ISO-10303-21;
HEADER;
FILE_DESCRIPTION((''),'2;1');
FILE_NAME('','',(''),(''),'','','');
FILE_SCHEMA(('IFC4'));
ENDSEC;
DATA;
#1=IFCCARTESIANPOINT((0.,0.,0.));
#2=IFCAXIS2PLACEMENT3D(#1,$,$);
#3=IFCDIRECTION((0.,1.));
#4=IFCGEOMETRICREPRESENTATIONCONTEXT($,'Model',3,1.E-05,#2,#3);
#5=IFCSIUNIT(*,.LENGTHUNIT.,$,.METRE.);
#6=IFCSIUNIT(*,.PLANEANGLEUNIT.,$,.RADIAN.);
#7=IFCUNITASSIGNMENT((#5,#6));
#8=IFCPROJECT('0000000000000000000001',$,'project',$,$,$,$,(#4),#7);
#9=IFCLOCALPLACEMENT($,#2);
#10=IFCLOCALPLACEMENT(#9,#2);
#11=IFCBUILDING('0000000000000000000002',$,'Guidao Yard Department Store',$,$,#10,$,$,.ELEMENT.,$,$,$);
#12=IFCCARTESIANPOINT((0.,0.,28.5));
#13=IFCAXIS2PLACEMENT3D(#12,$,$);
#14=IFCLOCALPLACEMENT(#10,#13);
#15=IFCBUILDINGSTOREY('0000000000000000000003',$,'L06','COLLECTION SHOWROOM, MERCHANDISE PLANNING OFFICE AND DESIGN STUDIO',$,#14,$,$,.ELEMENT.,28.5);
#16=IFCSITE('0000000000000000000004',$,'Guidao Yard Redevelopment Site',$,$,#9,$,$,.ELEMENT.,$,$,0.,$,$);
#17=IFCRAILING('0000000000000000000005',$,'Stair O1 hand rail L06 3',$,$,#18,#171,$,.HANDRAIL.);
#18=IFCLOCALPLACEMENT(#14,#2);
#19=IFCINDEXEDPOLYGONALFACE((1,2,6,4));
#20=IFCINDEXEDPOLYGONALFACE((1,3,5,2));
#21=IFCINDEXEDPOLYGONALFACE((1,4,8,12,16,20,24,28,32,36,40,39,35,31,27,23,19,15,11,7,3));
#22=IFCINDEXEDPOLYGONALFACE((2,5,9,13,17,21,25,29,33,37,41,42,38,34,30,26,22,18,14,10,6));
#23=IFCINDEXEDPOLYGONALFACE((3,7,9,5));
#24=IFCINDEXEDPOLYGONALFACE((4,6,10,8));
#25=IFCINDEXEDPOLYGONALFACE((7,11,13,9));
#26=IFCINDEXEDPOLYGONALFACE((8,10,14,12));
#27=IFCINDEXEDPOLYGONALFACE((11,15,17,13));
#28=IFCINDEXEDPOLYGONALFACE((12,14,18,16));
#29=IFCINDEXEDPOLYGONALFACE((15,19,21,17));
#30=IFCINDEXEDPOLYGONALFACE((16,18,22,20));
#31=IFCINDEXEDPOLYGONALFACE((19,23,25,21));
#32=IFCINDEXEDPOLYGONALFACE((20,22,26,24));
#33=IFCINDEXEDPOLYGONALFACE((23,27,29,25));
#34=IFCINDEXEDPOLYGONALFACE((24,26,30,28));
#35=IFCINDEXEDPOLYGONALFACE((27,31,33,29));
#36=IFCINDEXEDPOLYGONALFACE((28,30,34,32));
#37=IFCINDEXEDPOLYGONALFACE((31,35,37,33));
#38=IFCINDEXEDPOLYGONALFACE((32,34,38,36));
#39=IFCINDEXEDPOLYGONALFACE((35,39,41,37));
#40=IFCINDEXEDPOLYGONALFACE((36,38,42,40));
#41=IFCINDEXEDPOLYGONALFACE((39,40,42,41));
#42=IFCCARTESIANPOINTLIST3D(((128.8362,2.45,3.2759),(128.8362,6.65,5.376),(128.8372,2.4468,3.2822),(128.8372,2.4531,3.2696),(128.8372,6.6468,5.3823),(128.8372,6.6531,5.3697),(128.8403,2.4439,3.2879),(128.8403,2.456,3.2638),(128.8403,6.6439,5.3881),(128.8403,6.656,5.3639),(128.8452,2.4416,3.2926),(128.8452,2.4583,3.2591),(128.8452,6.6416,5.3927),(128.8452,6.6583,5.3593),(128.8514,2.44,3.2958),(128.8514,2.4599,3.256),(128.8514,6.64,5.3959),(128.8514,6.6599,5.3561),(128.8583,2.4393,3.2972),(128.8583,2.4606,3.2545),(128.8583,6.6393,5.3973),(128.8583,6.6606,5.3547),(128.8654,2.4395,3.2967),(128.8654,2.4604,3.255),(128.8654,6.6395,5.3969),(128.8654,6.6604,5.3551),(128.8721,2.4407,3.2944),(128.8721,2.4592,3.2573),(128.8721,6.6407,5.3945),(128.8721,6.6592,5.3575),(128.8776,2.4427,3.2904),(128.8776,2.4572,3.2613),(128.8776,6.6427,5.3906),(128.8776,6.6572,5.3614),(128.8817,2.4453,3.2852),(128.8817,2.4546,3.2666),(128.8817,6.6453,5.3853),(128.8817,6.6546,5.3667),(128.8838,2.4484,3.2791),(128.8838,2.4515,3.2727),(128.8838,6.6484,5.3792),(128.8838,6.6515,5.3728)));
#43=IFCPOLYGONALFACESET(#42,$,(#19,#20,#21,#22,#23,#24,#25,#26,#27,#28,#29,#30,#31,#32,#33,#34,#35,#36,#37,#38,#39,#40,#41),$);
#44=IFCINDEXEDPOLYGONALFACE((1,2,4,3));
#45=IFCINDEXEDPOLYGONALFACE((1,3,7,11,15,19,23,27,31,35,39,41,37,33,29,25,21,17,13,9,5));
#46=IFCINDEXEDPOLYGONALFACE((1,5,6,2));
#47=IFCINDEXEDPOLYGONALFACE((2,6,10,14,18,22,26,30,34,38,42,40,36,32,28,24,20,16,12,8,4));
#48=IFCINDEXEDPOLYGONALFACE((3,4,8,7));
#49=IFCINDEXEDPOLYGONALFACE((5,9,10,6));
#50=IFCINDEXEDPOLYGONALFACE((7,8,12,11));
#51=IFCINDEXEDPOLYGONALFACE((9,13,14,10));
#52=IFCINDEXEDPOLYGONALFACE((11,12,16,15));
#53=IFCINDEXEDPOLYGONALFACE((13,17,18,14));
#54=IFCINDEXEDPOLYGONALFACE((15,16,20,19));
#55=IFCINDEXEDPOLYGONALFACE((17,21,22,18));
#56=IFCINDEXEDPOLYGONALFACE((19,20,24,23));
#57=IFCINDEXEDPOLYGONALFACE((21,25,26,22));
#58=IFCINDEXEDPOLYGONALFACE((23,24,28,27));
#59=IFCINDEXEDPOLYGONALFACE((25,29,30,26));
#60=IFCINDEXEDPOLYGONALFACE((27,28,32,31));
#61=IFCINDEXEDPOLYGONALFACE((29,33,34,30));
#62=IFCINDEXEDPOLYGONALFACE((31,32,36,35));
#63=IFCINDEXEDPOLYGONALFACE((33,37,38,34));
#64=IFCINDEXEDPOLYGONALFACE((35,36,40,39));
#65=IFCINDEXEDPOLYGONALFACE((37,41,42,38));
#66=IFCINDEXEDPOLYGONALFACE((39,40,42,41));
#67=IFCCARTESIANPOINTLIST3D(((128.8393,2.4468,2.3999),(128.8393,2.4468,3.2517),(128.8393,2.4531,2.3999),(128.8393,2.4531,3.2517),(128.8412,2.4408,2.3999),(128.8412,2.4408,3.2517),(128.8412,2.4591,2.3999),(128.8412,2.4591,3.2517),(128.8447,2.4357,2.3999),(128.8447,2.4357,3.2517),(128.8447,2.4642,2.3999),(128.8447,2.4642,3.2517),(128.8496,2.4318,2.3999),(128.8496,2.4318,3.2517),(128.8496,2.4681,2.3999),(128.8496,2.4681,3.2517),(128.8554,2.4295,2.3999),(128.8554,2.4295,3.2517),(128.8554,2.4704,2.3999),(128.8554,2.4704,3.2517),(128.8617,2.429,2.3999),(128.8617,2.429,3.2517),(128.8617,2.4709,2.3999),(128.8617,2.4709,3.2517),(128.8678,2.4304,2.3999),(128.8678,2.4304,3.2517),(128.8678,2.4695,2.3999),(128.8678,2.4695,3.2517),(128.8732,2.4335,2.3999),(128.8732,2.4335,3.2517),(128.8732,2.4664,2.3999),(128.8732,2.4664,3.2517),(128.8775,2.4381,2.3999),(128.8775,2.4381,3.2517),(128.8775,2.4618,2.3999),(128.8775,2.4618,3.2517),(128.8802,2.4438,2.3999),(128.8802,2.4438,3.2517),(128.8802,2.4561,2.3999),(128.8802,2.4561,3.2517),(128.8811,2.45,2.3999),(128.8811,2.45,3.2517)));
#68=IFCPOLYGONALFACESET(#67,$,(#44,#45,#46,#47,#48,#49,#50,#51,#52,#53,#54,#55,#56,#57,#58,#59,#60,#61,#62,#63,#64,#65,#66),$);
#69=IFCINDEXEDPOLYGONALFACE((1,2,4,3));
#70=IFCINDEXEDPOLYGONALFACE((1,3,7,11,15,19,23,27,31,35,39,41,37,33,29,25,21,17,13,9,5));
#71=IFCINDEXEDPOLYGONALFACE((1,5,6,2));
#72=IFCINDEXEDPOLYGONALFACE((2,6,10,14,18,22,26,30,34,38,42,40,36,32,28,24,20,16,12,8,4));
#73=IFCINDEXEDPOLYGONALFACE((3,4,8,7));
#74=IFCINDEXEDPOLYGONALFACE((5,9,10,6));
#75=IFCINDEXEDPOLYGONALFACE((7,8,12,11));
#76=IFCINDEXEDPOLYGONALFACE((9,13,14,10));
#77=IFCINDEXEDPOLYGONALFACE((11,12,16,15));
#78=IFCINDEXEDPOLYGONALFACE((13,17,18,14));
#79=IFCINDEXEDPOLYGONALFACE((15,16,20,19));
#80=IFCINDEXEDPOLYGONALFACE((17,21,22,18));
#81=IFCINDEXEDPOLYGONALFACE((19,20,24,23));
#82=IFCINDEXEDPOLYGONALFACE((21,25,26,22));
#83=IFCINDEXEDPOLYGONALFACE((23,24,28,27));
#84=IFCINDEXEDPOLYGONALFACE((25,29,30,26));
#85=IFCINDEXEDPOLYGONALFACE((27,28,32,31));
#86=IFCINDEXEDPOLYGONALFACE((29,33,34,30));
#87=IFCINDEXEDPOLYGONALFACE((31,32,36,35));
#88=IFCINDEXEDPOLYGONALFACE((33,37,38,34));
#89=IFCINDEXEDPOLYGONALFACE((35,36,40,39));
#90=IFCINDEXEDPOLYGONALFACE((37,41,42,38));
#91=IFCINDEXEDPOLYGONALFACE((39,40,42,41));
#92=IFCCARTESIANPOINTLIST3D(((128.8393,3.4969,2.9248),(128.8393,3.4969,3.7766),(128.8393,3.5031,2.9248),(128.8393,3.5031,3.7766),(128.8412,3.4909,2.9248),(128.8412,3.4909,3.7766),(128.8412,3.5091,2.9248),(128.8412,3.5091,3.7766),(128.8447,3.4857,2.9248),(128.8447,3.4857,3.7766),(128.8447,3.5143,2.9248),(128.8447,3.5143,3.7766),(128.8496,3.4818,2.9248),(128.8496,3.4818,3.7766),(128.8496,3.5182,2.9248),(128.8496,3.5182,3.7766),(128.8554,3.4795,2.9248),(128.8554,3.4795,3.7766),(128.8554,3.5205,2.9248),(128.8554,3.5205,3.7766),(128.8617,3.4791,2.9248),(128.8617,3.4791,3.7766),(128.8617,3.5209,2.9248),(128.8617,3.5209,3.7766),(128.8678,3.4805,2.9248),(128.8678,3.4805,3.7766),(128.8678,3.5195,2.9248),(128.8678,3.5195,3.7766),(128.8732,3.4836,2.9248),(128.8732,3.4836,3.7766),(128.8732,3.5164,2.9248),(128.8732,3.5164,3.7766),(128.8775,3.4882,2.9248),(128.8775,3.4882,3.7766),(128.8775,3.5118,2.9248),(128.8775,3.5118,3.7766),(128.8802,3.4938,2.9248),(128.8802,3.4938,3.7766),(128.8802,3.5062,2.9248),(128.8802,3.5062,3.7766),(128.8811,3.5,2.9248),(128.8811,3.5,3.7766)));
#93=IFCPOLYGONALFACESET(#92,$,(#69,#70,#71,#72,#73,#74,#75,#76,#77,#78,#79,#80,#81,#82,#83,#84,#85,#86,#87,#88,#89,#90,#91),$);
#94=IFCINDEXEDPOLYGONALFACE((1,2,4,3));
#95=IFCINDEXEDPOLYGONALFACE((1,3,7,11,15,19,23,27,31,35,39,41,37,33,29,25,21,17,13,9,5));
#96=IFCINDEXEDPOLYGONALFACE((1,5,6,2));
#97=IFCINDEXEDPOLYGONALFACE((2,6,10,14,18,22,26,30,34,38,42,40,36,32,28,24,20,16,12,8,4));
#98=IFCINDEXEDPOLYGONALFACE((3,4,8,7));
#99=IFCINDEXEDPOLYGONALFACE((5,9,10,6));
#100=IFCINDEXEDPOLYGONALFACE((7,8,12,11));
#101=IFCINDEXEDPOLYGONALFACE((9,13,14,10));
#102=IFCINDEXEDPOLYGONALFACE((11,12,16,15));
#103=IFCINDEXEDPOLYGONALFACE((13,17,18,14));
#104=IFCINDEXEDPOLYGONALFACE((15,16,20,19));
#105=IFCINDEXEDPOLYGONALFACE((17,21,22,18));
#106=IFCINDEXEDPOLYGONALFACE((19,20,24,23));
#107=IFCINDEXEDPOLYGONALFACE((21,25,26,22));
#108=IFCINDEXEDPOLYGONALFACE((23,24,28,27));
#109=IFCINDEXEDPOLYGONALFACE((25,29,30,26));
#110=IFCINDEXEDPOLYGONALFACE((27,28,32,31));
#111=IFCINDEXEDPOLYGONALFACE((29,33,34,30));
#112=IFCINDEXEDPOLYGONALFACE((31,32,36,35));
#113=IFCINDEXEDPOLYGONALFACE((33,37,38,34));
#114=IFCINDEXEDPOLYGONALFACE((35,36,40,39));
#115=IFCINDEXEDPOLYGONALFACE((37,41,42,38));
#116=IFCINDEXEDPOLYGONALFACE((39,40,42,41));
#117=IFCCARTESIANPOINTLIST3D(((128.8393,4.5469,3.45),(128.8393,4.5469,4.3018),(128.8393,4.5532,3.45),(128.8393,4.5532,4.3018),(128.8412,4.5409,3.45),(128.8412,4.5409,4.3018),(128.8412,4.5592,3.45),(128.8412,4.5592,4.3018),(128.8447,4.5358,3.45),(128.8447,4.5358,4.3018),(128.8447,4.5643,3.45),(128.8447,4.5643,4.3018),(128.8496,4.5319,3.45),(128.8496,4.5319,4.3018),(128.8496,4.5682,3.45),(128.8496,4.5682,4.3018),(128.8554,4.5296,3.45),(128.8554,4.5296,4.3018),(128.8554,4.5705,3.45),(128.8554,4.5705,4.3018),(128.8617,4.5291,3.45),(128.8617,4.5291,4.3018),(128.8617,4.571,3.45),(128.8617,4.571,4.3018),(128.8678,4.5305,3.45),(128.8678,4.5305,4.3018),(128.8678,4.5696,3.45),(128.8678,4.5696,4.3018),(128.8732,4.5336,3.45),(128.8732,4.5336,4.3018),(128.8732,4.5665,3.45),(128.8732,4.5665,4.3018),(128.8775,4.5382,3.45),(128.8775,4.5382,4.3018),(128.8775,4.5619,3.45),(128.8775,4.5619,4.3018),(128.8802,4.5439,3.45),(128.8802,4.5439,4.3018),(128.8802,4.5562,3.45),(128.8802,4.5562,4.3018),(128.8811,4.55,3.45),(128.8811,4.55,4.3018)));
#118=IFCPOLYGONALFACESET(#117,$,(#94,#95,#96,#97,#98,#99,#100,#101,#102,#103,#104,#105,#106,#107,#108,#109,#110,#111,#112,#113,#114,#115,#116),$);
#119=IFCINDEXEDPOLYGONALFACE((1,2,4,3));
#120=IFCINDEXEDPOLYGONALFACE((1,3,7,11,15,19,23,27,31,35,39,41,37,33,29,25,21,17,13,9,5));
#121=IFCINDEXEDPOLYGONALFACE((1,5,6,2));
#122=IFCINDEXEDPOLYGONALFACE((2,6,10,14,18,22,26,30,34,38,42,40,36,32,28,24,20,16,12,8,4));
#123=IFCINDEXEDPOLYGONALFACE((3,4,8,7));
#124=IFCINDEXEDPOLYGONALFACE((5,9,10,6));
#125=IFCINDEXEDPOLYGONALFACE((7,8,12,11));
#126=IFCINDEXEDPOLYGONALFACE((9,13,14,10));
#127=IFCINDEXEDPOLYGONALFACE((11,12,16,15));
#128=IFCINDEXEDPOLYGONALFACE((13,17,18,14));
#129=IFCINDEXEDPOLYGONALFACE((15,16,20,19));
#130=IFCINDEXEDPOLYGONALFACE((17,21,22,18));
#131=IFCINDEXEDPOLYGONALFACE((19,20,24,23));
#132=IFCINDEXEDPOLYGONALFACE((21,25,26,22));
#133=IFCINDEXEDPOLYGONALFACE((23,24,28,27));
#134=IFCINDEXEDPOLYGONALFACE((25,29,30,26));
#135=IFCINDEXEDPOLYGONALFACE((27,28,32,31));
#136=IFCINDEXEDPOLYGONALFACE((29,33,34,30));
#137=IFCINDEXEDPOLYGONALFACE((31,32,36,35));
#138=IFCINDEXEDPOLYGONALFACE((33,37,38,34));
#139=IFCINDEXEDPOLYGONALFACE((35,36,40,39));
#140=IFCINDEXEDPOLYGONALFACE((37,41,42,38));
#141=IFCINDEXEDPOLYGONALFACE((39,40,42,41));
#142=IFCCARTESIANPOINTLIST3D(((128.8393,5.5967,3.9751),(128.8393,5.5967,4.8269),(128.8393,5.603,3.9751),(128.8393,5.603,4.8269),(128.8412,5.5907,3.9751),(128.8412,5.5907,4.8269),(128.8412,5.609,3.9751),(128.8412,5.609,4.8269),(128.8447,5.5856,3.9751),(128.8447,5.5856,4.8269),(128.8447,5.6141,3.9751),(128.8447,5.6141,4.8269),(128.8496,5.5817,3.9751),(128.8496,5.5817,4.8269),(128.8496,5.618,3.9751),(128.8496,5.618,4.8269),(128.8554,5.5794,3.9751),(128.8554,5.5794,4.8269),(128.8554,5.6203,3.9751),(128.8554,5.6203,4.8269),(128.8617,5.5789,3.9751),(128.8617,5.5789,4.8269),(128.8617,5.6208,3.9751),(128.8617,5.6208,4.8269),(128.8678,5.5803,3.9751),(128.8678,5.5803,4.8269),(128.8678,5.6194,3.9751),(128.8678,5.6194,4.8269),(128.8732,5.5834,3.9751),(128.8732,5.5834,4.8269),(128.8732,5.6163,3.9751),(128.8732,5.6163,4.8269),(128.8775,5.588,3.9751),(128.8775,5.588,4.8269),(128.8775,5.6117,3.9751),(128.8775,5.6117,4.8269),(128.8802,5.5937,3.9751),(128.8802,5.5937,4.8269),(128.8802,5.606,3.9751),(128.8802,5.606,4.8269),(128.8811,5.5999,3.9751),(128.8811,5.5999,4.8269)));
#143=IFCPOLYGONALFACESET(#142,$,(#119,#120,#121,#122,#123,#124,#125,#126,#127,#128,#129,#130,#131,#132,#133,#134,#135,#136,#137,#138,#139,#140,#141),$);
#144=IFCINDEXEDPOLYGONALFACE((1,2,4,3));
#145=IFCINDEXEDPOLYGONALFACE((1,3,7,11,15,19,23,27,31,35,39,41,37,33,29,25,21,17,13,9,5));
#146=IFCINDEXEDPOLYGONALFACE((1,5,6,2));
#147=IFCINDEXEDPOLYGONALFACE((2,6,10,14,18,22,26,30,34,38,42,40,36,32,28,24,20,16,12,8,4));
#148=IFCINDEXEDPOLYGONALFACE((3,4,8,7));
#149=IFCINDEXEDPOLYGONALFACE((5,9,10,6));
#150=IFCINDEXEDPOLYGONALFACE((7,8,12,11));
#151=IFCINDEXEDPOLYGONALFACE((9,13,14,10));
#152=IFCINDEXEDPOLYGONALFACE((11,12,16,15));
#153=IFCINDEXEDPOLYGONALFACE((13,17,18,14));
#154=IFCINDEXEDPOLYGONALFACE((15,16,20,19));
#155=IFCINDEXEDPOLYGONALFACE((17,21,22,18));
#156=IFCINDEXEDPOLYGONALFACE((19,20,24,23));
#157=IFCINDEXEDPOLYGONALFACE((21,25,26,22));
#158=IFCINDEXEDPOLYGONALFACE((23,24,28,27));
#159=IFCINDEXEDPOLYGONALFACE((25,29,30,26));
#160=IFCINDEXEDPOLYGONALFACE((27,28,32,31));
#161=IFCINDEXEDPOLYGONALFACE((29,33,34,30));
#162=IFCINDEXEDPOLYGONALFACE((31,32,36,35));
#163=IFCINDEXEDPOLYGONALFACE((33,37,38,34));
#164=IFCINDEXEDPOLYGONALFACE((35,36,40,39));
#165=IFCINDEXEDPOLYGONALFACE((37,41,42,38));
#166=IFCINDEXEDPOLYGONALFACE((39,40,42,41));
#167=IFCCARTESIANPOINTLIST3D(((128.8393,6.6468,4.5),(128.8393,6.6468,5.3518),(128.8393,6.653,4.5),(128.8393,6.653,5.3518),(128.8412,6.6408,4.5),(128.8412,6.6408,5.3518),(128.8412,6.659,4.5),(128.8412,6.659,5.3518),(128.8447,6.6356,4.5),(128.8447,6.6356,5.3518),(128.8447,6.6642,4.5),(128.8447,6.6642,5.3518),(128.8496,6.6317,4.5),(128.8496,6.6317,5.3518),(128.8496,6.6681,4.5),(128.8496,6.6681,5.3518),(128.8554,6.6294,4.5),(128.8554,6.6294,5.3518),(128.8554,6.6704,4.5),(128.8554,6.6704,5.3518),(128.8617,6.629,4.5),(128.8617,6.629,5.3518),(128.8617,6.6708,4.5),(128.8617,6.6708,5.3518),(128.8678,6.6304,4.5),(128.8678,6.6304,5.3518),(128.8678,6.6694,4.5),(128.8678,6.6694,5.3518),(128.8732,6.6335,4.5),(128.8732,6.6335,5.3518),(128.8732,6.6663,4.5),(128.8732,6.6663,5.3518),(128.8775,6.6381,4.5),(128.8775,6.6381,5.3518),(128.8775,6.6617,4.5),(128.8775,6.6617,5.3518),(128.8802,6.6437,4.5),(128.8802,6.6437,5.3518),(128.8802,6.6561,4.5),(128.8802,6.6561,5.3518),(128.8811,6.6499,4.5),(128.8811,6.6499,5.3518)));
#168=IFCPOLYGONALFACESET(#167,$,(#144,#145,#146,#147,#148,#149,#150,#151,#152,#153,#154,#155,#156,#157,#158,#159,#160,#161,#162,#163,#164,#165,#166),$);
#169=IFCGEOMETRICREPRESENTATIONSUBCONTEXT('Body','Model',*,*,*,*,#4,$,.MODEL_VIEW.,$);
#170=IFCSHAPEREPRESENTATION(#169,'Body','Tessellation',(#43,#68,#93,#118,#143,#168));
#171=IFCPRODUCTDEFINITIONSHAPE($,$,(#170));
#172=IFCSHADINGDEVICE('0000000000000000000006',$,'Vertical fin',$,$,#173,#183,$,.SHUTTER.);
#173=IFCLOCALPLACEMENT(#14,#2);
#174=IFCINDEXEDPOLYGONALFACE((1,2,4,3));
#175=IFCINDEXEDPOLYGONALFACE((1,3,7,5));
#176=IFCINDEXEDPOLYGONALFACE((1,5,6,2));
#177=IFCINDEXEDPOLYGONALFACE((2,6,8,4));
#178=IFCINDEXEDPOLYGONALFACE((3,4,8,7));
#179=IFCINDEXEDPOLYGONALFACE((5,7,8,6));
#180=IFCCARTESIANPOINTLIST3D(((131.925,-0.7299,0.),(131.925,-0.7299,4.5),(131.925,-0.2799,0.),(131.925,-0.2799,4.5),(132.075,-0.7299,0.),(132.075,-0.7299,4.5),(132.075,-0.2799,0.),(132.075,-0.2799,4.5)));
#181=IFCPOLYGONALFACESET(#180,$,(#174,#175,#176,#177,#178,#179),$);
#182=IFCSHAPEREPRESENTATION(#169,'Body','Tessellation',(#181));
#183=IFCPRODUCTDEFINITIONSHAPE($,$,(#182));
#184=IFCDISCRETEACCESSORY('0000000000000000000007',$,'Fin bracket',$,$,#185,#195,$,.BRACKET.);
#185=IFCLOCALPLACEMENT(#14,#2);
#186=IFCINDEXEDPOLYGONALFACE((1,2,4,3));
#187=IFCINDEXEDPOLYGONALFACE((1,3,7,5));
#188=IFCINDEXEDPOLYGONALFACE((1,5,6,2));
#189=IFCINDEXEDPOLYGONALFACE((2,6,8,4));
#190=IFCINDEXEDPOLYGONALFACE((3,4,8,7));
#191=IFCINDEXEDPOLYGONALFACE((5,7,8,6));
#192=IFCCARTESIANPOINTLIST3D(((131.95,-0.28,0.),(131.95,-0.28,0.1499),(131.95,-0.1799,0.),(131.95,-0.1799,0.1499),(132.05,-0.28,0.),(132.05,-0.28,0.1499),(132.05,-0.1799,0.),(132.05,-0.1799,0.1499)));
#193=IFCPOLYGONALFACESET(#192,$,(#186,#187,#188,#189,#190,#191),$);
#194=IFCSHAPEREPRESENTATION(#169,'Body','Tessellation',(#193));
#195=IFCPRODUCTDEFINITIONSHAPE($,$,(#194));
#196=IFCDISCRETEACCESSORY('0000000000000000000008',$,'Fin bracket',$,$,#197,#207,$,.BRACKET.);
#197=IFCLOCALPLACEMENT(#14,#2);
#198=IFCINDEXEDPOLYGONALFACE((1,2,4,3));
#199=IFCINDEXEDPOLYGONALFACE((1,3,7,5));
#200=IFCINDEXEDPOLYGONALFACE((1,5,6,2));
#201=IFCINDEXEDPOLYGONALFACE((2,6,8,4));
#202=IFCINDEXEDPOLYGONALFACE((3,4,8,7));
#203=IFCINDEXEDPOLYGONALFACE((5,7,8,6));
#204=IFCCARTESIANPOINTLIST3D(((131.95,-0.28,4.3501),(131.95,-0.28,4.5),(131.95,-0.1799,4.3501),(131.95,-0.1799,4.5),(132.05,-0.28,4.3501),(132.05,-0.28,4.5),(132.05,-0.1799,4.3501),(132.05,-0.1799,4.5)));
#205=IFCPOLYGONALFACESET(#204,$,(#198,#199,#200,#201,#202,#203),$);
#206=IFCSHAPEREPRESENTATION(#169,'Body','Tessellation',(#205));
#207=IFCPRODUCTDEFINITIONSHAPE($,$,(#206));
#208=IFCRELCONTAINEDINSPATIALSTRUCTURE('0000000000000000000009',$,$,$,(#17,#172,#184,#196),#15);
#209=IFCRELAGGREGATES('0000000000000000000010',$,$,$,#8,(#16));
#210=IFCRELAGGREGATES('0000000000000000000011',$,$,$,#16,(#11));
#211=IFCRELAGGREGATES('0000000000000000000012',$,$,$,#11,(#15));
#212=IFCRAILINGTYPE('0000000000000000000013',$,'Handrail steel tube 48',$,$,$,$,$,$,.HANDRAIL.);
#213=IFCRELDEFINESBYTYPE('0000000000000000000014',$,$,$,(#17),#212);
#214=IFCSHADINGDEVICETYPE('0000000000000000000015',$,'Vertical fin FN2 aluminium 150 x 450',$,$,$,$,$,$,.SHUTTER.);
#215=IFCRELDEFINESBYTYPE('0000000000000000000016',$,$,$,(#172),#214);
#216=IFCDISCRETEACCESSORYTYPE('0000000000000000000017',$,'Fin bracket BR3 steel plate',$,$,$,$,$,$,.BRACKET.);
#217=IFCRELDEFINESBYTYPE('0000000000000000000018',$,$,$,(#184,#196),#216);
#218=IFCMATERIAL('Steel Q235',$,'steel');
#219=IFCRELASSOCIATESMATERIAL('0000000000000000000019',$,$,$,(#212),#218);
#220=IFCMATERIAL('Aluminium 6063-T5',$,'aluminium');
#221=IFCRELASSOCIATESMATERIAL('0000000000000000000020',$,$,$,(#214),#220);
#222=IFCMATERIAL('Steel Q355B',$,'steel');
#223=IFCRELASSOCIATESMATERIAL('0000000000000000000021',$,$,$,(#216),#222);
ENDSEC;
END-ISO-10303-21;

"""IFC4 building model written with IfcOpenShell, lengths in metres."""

from ifc_helpers import new_model, si_unit, direction, frame, origin, origin_2d, place, context, subcontext, project, spatial, rectangle, circle, extrude, material, type_object, element, save


model = new_model("IFC4")

# Units and contexts
model_context = context("Model", 3, precision=1e-05, world=origin(), true_north=direction((0.0, 1.0)))
body_context = subcontext(model_context, "Body", "Model", "MODEL_VIEW")
ifc_project = project(units=[si_unit("LENGTHUNIT", "METRE"), si_unit("PLANEANGLEUNIT", "RADIAN")], contexts=[model_context])

# Site, building, storey
site_placement = place(None, origin())
site = spatial("IfcSite", under=ifc_project, at=site_placement, Name="Guidao Yard Redevelopment Site", CompositionType="ELEMENT", RefElevation=0.0)
building_placement = place(site_placement, origin())
building = spatial("IfcBuilding", under=site, at=building_placement, Name="Guidao Yard Department Store", CompositionType="ELEMENT")
storey_placement = place(building_placement, frame((0.0, 0.0, 28.5)))
storey = spatial("IfcBuildingStorey", under=building, at=storey_placement, Name="L06", Description="COLLECTION SHOWROOM, MERCHANDISE PLANNING OFFICE AND DESIGN STUDIO", CompositionType="ELEMENT", Elevation=28.5)

# Railing
ifc_material_1 = material(Name="Steel Q235", Category="steel")
railing_type = type_object("IfcRailingType", Name="Handrail steel tube 48", PredefinedType="HANDRAIL", material=ifc_material_1)
railing_placement = place(storey_placement, frame((128.8601, 2.45, 2.3999)))
element("IfcRailing", 1, at=railing_placement, inside=storey, type_object=railing_type, Name="Stair O1 hand rail L06 3", PredefinedType="HANDRAIL", context=body_context, shape_type="SweptSolid", body=[
    extrude(circle(Radius=0.0239, at=origin_2d()), frame((0.0, 0.0, 0.876), z_axis=(0.0, 0.894417, 0.447234), x_axis=(-1.0, 0.0, 0.0)), (0.0, 0.0, 1.0), 4.6958),
    extrude(circle(Radius=0.021, at=origin_2d()), origin(), (0.0, 0.0, 1.0), 0.8518),
    extrude(circle(Radius=0.021, at=origin_2d()), frame((0.0, 1.05, 0.5249)), (0.0, 0.0, 1.0), 0.8518),
    extrude(circle(Radius=0.021, at=origin_2d()), frame((0.0, 2.1001, 1.05)), (0.0, 0.0, 1.0), 0.8518),
    extrude(circle(Radius=0.021, at=origin_2d()), frame((0.0, 3.1499, 1.5752)), (0.0, 0.0, 1.0), 0.8518),
    extrude(circle(Radius=0.021, at=origin_2d()), frame((0.0, 4.2, 2.1001)), (0.0, 0.0, 1.0), 0.8518),
])

# Shading device
ifc_material_2 = material(Name="Aluminium 6063-T5", Category="aluminium")
shading_device_type = type_object("IfcShadingDeviceType", Name="Vertical fin FN2 aluminium 150 x 450", PredefinedType="SHUTTER", material=ifc_material_2)
shading_device_placement = place(storey_placement, frame((132.0, -0.5049, 0.0), z_axis=(0.0, 0.0, 1.0), x_axis=(-1.0, 0.0, 0.0)))
element("IfcShadingDevice", 2, at=shading_device_placement, inside=storey, type_object=shading_device_type, Name="Vertical fin", PredefinedType="SHUTTER", context=body_context, shape_type="SweptSolid", body=[
    extrude(rectangle(XDim=0.1499, YDim=0.45, at=origin_2d()), origin(), (0.0, 0.0, 1.0), 4.5),
])

# Discrete accessories
ifc_material_3 = material(Name="Steel Q355B", Category="steel")
discrete_accessory_type = type_object("IfcDiscreteAccessoryType", Name="Fin bracket BR3 steel plate", PredefinedType="BRACKET", material=ifc_material_3)
for number, where, z_axis, x_axis, name in (
    (3, (132.0, -0.23, 0.0), (0.0, 0.0, 1.0), (-1.0, 0.0, 0.0), "Fin bracket"),
    (4, (132.0, -0.23, 4.3501), (0.0, 0.0, 1.0), (-1.0, 0.0, 0.0), "Fin bracket"),
):
    element("IfcDiscreteAccessory", number, at=place(storey_placement, frame(where, z_axis=z_axis, x_axis=x_axis)), inside=storey, type_object=discrete_accessory_type, Name=name, PredefinedType="BRACKET", context=body_context, shape_type="SweptSolid", body=[
        extrude(rectangle(XDim=0.1001, YDim=0.1001, at=origin_2d()), origin(), (0.0, 0.0, 1.0), 0.1499),
    ])

save(model, "model.ifc")
